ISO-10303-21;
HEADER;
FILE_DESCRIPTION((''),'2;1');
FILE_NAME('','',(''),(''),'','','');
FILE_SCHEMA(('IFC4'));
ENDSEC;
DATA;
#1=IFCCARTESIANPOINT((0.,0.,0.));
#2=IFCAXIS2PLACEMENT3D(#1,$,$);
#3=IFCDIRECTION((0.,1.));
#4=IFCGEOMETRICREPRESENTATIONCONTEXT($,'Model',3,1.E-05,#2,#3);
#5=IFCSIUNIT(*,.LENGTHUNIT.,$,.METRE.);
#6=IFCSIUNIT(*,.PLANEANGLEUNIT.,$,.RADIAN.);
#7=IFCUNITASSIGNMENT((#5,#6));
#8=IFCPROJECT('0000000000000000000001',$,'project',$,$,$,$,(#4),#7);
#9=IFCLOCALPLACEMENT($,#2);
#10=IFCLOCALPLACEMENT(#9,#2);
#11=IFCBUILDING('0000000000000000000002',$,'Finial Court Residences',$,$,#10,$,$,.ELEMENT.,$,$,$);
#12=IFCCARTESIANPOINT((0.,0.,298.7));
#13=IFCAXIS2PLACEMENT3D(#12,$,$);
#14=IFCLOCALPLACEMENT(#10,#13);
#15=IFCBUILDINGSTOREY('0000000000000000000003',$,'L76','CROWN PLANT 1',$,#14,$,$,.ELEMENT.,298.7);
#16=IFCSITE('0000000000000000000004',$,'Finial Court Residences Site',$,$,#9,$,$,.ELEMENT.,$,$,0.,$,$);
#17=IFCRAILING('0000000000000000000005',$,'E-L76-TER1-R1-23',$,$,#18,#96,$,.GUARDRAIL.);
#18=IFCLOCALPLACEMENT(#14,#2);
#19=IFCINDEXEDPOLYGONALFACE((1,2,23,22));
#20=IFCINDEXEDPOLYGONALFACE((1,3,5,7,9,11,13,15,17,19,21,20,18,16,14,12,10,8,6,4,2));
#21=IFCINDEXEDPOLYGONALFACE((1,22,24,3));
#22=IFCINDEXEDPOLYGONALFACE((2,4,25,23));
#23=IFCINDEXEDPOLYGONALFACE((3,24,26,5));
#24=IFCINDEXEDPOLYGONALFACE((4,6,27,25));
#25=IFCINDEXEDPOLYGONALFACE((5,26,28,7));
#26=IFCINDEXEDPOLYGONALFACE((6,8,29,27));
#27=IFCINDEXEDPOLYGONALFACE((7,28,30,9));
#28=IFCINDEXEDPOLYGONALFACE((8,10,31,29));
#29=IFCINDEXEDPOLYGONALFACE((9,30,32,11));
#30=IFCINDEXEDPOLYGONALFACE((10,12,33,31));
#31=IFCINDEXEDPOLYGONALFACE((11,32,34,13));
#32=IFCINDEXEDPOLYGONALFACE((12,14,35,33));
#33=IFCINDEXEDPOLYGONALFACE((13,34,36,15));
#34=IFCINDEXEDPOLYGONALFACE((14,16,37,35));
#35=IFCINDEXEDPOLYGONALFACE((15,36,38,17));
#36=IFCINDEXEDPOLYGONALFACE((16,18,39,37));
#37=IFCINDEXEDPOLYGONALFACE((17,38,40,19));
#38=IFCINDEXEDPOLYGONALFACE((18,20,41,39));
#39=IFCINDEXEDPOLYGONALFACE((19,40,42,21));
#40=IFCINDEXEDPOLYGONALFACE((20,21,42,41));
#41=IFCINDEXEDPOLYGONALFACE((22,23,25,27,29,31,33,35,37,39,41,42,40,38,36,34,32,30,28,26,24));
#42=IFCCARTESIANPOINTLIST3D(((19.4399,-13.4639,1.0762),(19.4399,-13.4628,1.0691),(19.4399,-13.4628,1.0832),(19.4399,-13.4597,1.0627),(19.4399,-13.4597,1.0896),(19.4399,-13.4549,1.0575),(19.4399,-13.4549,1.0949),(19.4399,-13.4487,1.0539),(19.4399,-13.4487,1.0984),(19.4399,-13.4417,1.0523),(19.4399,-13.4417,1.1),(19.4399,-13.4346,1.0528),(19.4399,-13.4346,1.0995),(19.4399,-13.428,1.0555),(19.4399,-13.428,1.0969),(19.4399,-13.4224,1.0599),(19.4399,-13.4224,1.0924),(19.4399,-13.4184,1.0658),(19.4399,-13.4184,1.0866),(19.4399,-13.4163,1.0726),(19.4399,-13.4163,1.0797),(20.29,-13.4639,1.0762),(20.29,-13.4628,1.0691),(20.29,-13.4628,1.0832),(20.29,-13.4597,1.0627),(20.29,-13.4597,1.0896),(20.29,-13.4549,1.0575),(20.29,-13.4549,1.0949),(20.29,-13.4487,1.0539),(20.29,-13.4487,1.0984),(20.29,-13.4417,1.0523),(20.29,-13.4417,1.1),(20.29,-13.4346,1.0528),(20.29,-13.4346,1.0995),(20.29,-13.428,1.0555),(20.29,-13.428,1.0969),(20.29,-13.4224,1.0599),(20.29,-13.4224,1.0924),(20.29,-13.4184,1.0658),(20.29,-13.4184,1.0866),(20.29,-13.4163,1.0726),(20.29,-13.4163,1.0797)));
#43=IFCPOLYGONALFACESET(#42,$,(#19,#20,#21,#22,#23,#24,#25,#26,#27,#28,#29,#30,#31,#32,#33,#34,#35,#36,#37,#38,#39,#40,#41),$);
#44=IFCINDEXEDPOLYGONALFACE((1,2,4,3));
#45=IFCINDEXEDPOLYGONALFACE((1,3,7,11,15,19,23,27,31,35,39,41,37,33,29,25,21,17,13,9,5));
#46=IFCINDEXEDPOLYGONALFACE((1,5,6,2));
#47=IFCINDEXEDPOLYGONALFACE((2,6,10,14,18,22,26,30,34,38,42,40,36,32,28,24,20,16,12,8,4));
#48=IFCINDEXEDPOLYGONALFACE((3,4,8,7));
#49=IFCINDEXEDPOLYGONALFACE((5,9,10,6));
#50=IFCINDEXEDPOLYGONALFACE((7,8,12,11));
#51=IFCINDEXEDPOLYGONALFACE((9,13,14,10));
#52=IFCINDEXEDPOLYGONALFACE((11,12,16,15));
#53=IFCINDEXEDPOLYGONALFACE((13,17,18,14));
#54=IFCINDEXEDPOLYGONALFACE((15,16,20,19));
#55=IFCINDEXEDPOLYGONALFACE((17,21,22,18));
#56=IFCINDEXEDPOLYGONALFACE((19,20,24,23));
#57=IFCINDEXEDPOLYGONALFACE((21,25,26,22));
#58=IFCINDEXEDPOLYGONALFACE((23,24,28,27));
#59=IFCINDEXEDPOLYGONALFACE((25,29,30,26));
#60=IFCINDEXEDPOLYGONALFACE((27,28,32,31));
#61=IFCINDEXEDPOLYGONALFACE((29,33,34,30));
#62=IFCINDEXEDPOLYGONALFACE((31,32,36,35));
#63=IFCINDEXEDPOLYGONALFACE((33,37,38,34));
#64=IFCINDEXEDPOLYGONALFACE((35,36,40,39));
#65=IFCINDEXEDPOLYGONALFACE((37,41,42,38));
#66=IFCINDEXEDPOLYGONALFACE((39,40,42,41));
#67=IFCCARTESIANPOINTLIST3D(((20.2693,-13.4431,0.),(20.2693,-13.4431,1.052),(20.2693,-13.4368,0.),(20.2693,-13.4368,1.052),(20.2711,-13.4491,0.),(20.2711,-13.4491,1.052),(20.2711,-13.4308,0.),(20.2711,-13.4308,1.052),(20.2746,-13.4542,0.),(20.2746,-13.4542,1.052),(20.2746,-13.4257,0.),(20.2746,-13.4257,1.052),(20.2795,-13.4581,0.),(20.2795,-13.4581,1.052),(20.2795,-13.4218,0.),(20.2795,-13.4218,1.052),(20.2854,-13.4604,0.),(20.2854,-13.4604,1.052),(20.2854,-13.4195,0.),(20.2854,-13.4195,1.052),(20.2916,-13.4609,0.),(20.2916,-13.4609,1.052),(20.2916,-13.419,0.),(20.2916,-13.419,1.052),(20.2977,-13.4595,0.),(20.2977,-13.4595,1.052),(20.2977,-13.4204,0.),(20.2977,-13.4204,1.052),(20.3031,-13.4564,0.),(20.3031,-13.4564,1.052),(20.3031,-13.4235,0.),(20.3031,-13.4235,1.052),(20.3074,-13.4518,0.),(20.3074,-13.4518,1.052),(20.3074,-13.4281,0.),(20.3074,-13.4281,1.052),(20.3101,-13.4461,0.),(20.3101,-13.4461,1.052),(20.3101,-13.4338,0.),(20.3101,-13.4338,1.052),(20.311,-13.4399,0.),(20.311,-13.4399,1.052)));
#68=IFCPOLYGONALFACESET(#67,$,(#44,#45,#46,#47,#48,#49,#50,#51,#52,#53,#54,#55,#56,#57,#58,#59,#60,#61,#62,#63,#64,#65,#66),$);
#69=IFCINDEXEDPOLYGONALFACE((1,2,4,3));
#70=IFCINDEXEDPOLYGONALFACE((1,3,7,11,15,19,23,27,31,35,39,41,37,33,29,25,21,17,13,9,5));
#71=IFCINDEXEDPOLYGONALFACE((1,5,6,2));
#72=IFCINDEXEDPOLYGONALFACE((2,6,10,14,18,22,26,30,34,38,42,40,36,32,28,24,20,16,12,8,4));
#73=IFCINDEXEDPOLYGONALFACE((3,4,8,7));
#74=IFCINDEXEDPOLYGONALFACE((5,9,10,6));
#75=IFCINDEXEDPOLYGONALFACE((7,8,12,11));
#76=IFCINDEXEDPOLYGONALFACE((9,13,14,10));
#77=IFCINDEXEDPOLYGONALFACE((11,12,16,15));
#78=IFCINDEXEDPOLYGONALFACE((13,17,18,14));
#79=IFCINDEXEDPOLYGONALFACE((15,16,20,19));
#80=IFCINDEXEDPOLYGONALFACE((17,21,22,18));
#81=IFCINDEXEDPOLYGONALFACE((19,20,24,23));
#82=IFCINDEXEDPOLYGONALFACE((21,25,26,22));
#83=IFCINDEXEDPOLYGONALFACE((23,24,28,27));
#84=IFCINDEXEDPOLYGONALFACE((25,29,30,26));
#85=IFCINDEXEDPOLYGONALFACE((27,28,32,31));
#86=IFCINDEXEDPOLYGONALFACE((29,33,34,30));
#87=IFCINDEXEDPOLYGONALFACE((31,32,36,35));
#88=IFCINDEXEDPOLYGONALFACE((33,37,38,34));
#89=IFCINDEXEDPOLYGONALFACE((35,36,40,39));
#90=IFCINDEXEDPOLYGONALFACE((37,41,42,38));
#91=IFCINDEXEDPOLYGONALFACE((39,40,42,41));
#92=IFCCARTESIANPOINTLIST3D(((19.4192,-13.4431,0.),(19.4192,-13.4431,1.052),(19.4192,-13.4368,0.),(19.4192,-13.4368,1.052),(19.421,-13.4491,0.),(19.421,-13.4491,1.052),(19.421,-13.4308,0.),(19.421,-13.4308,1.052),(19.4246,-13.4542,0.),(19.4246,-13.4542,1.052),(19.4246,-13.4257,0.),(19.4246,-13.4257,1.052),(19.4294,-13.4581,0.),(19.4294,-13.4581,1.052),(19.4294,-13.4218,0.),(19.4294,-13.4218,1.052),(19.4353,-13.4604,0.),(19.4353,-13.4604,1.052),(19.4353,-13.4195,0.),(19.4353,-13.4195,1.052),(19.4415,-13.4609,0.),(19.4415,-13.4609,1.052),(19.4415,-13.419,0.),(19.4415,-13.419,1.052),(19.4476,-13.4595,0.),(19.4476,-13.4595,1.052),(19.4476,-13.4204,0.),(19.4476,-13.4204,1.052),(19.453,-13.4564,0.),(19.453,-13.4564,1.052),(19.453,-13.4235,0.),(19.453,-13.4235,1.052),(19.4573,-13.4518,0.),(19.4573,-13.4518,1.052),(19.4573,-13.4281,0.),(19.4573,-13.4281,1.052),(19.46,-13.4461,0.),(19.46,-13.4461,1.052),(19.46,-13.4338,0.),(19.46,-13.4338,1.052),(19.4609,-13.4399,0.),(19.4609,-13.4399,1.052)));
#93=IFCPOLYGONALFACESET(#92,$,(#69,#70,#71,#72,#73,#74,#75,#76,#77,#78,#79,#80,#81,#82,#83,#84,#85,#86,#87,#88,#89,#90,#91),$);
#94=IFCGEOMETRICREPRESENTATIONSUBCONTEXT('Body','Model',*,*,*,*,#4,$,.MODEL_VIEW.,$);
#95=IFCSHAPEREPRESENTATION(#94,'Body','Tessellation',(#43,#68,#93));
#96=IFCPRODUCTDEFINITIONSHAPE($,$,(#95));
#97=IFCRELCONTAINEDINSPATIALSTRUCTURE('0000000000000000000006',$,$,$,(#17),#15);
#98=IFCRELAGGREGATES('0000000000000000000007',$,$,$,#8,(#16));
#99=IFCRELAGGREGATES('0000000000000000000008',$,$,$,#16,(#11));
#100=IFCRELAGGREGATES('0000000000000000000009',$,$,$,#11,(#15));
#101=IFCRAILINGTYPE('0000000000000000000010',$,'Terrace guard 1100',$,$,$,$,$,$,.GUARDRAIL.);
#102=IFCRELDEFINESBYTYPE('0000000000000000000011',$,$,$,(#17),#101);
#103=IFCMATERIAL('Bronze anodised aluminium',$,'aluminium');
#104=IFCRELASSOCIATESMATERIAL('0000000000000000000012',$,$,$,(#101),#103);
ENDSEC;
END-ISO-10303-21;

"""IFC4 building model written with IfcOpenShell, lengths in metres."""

from ifc_helpers import new_model, si_unit, direction, frame, origin, origin_2d, place, context, subcontext, project, spatial, circle, extrude, material, type_object, element, save


model = new_model("IFC4")

# Units and contexts
model_context = context("Model", 3, precision=1e-05, world=origin(), true_north=direction((0.0, 1.0)))
body_context = subcontext(model_context, "Body", "Model", "MODEL_VIEW")
ifc_project = project(units=[si_unit("LENGTHUNIT", "METRE"), si_unit("PLANEANGLEUNIT", "RADIAN")], contexts=[model_context])

# Site, building, storey
site_placement = place(None, origin())
site = spatial("IfcSite", under=ifc_project, at=site_placement, Name="Finial Court Residences Site", CompositionType="ELEMENT", RefElevation=0.0)
building_placement = place(site_placement, origin())
building = spatial("IfcBuilding", under=site, at=building_placement, Name="Finial Court Residences", CompositionType="ELEMENT")
storey_placement = place(building_placement, frame((0.0, 0.0, 298.7)))
storey = spatial("IfcBuildingStorey", under=building, at=storey_placement, Name="L76", Description="CROWN PLANT 1", CompositionType="ELEMENT", Elevation=298.7)

# Shared definitions
ifc_material_1 = material(Name="Bronze anodised aluminium", Category="aluminium")

# Railing
railing_type = type_object("IfcRailingType", Name="Terrace guard 1100", PredefinedType="GUARDRAIL", material=ifc_material_1)
railing_1_placement = place(storey_placement, frame((20.29, -13.4399, 0.0)))
element("IfcRailing", 1, at=railing_1_placement, inside=storey, type_object=railing_type, Name="E-L76-TER1-R1-23", PredefinedType="GUARDRAIL", context=body_context, shape_type="SweptSolid", body=[
    extrude(circle(Radius=0.0239, at=origin_2d()), frame((0.0, 0.0, 1.0762), z_axis=(-1.0, 0.0, 0.0), x_axis=(0.0, -1.0, 0.0)), (0.0, 0.0, 1.0), 0.8501),
    extrude(circle(Radius=0.021, at=origin_2d()), origin(), (0.0, 0.0, 1.0), 1.052),
    extrude(circle(Radius=0.021, at=origin_2d()), frame((-0.8501, 0.0, 0.0)), (0.0, 0.0, 1.0), 1.052),
])

save(model, "model.ifc")
